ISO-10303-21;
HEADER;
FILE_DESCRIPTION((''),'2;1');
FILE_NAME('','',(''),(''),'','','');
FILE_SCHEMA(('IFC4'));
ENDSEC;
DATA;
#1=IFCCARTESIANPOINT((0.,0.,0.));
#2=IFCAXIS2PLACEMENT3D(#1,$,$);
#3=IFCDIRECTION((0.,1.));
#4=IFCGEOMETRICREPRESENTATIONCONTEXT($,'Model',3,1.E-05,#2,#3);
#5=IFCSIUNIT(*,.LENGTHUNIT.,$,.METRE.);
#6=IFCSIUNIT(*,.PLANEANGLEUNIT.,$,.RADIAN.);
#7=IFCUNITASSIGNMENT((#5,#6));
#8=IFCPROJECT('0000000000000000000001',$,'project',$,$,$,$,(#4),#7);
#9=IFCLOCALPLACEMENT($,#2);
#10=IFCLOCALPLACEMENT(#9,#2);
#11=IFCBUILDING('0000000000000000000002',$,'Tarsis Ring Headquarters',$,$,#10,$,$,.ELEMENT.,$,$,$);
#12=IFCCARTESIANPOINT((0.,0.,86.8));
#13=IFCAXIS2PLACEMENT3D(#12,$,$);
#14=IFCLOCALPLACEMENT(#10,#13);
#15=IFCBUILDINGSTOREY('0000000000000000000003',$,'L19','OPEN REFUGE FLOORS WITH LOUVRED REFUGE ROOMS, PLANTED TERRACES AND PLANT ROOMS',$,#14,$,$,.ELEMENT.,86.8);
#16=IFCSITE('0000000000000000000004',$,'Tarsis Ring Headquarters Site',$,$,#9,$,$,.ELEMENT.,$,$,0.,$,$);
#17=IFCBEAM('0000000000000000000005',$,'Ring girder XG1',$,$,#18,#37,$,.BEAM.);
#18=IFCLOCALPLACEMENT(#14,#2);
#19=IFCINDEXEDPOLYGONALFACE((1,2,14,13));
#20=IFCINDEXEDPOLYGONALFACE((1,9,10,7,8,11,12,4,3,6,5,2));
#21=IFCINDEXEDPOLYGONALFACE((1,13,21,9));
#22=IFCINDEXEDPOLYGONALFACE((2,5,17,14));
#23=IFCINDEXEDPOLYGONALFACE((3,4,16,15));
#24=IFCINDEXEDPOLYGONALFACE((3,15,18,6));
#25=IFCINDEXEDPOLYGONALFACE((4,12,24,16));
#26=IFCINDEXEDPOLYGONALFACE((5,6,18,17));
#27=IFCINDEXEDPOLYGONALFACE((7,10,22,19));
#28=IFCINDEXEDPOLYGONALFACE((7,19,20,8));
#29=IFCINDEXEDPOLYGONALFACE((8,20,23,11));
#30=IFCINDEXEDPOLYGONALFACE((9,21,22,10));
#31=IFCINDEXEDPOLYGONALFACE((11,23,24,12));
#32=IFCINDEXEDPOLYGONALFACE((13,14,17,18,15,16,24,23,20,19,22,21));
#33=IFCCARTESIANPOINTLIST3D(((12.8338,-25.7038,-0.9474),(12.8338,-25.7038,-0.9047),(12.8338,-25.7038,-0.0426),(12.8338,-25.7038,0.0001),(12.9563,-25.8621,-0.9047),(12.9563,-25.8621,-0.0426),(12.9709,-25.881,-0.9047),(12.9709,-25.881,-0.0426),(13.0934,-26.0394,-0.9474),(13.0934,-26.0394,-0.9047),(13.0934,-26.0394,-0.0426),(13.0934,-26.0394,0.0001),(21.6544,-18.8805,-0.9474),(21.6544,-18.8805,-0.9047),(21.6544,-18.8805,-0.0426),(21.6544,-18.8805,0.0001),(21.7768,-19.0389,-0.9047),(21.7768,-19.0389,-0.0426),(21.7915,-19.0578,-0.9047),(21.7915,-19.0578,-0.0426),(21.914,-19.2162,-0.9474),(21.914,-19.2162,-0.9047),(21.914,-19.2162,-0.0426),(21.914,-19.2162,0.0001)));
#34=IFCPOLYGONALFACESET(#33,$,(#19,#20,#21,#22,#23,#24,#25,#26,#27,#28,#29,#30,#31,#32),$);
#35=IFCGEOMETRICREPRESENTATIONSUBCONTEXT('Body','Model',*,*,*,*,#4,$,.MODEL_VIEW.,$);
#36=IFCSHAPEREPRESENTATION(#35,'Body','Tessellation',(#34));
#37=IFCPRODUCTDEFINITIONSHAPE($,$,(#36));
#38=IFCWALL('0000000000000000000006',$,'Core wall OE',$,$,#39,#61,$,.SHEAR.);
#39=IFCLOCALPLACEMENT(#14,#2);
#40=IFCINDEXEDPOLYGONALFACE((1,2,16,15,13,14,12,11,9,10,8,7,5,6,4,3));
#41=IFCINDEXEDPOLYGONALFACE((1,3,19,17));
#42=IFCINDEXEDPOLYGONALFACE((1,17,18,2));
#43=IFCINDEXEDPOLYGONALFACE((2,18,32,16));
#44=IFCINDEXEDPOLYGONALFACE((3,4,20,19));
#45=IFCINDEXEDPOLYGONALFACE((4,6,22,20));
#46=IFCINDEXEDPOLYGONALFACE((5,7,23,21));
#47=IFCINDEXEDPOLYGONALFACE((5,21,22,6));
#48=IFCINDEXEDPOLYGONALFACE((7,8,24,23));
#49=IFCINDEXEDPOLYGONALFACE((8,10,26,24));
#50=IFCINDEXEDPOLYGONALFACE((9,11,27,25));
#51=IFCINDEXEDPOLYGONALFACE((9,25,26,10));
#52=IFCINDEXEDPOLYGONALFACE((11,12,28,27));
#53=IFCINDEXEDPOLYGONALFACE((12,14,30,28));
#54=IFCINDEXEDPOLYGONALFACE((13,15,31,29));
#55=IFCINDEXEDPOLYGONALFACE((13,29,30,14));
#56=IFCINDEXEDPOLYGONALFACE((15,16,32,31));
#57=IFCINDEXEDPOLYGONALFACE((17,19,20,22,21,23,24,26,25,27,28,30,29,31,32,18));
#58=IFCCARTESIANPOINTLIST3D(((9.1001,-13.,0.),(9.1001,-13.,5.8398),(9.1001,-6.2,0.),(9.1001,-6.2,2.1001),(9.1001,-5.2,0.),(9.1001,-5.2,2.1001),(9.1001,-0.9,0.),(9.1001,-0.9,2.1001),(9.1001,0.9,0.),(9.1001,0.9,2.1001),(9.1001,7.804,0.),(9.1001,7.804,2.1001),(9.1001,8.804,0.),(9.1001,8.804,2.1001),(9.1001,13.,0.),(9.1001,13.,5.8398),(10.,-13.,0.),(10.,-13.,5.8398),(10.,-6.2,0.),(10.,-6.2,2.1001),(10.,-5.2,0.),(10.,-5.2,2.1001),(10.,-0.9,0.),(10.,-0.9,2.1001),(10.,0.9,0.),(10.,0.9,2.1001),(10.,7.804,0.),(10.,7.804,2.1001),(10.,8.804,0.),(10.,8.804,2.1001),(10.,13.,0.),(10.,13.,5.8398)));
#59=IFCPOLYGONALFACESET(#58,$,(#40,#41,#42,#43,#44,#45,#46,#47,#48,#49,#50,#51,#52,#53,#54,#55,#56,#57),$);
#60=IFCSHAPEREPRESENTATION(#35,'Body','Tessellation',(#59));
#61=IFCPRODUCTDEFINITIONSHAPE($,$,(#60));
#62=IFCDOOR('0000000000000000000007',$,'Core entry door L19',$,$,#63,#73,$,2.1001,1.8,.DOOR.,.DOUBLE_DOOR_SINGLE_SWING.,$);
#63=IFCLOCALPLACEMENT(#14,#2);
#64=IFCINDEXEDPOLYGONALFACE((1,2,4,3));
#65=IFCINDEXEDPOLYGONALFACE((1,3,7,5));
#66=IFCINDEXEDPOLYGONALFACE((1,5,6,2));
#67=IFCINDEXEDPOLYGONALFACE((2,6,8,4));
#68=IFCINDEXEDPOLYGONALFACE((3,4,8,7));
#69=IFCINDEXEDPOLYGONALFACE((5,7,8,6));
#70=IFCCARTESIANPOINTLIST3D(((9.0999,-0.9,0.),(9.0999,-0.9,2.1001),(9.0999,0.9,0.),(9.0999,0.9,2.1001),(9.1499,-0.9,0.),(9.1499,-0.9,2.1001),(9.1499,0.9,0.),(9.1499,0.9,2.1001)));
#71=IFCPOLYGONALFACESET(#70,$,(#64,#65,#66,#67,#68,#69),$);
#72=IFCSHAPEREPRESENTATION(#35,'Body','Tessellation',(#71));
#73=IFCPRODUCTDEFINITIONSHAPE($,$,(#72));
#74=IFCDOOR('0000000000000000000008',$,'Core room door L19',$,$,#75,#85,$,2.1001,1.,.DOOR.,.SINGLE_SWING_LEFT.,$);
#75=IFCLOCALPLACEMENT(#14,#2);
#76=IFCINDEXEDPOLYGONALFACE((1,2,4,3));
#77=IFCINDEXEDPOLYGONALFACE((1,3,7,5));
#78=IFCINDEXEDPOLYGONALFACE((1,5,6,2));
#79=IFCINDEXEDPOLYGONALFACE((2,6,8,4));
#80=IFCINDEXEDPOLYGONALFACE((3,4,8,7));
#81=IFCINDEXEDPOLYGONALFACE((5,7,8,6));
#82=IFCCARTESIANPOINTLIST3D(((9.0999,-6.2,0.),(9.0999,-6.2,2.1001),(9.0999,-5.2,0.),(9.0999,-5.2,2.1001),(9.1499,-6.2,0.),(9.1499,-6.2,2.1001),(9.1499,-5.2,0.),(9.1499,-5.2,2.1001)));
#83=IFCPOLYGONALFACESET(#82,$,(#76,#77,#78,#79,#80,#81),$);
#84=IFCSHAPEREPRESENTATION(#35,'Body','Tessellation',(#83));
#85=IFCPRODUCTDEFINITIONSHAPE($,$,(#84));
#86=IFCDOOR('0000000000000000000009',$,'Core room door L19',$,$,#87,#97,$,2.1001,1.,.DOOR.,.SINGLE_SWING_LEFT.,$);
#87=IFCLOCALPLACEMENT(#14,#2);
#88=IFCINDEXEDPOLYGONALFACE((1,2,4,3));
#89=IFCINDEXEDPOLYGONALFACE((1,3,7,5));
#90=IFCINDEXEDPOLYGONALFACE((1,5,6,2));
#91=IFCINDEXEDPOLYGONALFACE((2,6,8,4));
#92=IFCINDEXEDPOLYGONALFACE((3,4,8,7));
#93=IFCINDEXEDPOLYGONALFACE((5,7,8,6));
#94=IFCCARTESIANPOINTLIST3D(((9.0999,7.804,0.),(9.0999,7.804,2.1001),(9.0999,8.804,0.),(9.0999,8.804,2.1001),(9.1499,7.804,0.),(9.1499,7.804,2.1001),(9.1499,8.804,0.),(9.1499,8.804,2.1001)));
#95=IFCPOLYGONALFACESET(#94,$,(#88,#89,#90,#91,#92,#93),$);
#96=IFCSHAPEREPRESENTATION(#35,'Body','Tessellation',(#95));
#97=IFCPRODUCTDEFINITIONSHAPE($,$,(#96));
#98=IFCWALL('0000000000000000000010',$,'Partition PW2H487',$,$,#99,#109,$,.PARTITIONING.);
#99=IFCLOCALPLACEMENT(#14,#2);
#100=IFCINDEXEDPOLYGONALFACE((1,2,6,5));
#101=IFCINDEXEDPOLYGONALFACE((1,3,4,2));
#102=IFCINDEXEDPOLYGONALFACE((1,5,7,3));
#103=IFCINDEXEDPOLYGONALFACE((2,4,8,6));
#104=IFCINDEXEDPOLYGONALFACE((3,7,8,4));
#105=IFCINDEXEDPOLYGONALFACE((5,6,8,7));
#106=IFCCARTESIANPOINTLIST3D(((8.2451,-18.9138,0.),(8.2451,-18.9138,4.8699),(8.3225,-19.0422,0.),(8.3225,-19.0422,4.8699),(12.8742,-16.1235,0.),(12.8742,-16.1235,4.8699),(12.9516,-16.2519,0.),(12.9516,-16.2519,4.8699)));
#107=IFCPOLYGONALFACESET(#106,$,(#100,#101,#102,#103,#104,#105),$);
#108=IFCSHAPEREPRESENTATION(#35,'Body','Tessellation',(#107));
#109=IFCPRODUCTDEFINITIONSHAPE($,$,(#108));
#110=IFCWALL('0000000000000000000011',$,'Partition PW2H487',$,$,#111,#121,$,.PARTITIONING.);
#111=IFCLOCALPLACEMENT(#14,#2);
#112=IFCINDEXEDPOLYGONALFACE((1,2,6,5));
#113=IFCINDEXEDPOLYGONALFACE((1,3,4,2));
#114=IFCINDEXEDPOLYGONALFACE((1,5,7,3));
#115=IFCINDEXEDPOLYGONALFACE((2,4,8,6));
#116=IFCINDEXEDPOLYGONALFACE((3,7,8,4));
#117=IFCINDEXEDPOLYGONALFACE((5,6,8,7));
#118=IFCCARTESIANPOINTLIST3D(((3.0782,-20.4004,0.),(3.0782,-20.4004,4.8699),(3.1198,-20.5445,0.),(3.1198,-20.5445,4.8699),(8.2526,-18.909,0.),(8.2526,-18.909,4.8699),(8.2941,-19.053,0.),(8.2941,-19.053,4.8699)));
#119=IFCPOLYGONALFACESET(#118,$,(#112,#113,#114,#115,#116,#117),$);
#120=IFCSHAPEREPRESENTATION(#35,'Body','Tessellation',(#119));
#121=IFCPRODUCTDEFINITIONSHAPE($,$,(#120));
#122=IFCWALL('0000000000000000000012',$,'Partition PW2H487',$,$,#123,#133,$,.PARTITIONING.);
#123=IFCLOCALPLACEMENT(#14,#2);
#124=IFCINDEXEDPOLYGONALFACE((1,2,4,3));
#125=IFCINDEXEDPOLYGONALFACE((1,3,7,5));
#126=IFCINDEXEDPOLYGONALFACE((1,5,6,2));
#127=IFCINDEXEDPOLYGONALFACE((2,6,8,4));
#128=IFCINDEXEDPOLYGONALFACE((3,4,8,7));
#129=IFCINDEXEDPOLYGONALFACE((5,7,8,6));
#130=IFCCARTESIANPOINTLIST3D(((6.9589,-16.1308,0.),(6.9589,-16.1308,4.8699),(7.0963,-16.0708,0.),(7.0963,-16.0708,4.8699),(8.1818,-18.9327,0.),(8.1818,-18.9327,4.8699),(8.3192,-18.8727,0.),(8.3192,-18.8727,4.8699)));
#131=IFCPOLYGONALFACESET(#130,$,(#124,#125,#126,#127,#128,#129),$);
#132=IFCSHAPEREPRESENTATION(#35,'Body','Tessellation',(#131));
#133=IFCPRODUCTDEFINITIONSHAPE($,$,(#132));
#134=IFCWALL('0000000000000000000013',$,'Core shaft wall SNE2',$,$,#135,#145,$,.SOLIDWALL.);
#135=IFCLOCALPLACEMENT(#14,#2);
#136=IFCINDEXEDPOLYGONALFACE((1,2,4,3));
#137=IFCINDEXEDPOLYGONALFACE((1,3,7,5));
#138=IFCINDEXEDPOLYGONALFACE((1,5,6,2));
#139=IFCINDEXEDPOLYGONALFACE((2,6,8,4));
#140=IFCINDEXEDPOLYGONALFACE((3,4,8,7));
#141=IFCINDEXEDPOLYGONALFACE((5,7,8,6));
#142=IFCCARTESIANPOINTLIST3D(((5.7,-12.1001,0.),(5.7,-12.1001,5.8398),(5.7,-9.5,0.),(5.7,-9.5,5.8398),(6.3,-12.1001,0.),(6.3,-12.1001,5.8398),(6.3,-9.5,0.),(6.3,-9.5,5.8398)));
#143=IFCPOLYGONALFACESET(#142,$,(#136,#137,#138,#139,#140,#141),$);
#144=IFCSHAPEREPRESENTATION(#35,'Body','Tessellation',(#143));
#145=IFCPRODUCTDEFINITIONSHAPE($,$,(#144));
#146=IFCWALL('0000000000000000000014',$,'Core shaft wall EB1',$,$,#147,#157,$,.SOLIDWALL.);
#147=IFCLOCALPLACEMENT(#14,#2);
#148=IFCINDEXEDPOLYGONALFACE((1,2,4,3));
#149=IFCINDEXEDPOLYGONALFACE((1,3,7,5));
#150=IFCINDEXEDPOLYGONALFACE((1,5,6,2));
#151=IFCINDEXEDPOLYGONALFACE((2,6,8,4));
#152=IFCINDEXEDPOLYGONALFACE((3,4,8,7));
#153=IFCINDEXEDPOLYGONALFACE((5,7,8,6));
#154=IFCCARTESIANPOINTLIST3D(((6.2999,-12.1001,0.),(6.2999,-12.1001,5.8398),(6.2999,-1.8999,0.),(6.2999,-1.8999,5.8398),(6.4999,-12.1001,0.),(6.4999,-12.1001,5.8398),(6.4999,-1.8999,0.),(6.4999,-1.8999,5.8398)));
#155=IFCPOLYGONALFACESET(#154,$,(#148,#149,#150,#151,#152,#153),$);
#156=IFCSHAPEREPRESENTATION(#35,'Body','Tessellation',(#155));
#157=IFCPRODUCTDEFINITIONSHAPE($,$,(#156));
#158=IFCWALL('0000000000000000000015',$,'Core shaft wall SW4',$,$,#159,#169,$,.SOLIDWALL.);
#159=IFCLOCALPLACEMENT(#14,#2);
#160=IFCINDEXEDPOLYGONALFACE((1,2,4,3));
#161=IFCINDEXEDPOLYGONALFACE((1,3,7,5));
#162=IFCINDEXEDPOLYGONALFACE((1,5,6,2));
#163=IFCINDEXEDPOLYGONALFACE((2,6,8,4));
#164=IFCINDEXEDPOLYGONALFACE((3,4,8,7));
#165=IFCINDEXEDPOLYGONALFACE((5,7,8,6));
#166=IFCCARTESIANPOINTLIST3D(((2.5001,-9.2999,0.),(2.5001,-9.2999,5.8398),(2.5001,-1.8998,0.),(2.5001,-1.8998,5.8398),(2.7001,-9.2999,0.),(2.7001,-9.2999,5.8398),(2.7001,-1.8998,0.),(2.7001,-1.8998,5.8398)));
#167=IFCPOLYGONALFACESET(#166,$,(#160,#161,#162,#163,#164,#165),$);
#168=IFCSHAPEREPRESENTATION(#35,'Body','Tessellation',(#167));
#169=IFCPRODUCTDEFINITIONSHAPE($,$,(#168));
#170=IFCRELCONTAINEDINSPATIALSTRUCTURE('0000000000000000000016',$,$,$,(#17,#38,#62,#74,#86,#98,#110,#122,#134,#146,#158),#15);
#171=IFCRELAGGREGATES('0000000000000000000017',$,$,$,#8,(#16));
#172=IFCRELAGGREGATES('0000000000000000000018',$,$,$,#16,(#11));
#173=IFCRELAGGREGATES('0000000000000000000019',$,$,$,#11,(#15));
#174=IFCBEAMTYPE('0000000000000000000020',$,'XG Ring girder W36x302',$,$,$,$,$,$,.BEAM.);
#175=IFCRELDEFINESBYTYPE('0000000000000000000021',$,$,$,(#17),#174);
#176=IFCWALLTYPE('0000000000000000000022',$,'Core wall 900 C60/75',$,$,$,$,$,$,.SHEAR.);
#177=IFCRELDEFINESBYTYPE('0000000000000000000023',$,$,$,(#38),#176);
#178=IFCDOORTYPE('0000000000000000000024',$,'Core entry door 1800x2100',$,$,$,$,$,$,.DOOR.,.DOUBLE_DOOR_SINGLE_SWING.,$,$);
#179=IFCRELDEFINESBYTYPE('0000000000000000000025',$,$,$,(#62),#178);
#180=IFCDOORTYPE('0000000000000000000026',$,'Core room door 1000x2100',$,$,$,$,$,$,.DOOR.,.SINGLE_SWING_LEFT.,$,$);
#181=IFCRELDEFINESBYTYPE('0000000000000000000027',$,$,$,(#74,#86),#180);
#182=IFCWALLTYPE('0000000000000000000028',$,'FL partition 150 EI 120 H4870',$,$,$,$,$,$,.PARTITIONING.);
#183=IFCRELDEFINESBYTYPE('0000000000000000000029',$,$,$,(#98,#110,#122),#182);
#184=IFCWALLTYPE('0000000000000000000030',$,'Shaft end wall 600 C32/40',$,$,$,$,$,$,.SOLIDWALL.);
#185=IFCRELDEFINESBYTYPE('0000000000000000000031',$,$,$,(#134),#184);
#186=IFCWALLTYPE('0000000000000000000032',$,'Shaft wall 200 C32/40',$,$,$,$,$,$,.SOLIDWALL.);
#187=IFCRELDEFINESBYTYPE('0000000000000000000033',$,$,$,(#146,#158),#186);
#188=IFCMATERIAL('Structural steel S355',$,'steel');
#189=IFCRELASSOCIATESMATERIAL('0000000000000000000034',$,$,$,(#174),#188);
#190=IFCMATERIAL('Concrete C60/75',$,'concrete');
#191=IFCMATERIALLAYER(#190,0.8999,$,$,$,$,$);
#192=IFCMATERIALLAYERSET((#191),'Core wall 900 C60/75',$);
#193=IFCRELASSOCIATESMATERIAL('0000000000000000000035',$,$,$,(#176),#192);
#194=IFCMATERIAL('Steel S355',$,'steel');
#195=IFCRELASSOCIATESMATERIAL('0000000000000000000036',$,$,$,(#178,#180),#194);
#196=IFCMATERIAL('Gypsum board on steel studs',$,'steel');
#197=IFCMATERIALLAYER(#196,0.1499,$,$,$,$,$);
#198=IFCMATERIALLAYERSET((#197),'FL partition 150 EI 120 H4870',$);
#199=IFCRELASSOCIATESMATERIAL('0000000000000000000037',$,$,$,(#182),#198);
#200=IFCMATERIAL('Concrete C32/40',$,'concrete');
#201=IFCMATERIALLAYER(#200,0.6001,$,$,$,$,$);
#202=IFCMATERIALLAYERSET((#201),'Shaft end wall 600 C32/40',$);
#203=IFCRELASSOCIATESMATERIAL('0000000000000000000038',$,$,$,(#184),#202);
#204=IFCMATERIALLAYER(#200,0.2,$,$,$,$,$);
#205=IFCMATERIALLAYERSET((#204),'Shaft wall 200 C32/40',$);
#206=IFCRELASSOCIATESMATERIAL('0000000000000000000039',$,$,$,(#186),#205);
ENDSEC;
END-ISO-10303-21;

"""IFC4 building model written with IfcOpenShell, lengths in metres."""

from ifc_helpers import new_model, si_unit, direction, frame, frame_2d, origin, origin_2d, place, context, subcontext, project, spatial, rectangle, i_section, extrude, material, layer, layer_set, material_profile, profile_set, type_object, element, fill, save


model = new_model("IFC4")

# Units and contexts
model_context = context("Model", 3, precision=1e-05, world=origin(), true_north=direction((0.0, 1.0)))
body_context = subcontext(model_context, "Body", "Model", "MODEL_VIEW")
ifc_project = project(units=[si_unit("LENGTHUNIT", "METRE"), si_unit("PLANEANGLEUNIT", "RADIAN")], contexts=[model_context])

# Site, building, storey
site_placement = place(None, origin())
site = spatial("IfcSite", under=ifc_project, at=site_placement, Name="Tarsis Ring Headquarters Site", CompositionType="ELEMENT", RefElevation=0.0)
building_placement = place(site_placement, origin())
building = spatial("IfcBuilding", under=site, at=building_placement, Name="Tarsis Ring Headquarters", CompositionType="ELEMENT")
storey_placement = place(building_placement, frame((0.0, 0.0, 86.8)))
storey = spatial("IfcBuildingStorey", under=building, at=storey_placement, Name="L19", Description="OPEN REFUGE FLOORS WITH LOUVRED REFUGE ROOMS, PLANTED TERRACES AND PLANT ROOMS", CompositionType="ELEMENT", Elevation=86.8)

# Shared definitions
ifc_material_1 = material(Name="Structural steel S355", Category="steel")

# Beam
ifc_material_profile_1 = material_profile(ifc_material_1, i_section(OverallWidth=0.4243, OverallDepth=0.9475, WebThickness=0.0239, FlangeThickness=0.0427, at=origin_2d()), Name="W36x302")
ifc_profile_set_1 = profile_set([ifc_material_profile_1], Name="Structural steel S355")
beam_type_1 = type_object("IfcBeamType", Name="XG Ring girder W36x302", PredefinedType="BEAM", material=ifc_profile_set_1)
beam_1_placement = place(storey_placement, frame((12.9636, -25.8716, -0.4736), z_axis=(0.790966, 0.611861, 0.0), x_axis=(-0.611861, 0.790966, 0.0)))
element("IfcBeam", 1, at=beam_1_placement, inside=storey, type_object=beam_type_1, Name="Ring girder XG1", PredefinedType="BEAM", context=body_context, shape_type="SweptSolid", body=[
    extrude(i_section(OverallWidth=0.4243, OverallDepth=0.9475, WebThickness=0.0239, FlangeThickness=0.0427, at=origin_2d()), origin(), (0.0, 0.0, 1.0), 11.1516),
])

# Wall, openings, doors
ifc_material_2 = material(Name="Concrete C60/75", Category="concrete")
ifc_layer_1 = layer(ifc_material_2, 0.8999)
ifc_layer_set_1 = layer_set([ifc_layer_1], Name="Core wall 900 C60/75")
wall_type_1 = type_object("IfcWallType", Name="Core wall 900 C60/75", PredefinedType="SHEAR", material=ifc_layer_set_1)
wall_1_placement = place(storey_placement, frame((9.55, -13.0, 0.0), z_axis=(0.0, 0.0, 1.0), x_axis=(0.0, 1.0, 0.0)))
wall_1 = element("IfcWall", 2, at=wall_1_placement, inside=storey, type_object=wall_type_1, Name="Core wall OE", PredefinedType="SHEAR", context=body_context, shape_type="SweptSolid", body=[
    extrude(rectangle(XDim=26.0, YDim=0.8999, at=frame_2d((13.0, 0.0))), origin(), (0.0, 0.0, 1.0), 5.8398),
])
opening_1_placement = place(wall_1_placement, frame((6.8, 0.0, 0.0)))
opening_1 = element("IfcOpeningElement", 3, at=opening_1_placement, cuts=wall_1, PredefinedType="OPENING", context=body_context, shape_type="SweptSolid", body=[
    extrude(rectangle(XDim=1.0, YDim=2.1001, at=frame_2d((0.5, 1.05))), frame((0.0, 0.46, 0.0), z_axis=(0.0, -1.0, 0.0), x_axis=(1.0, 0.0, 0.0)), (0.0, 0.0, 1.0), 0.9199),
])
opening_2_placement = place(wall_1_placement, frame((12.1001, 0.0, 0.0)))
opening_2 = element("IfcOpeningElement", 4, at=opening_2_placement, cuts=wall_1, PredefinedType="OPENING", context=body_context, shape_type="SweptSolid", body=[
    extrude(rectangle(XDim=1.8, YDim=2.1001, at=frame_2d((0.8999, 1.05))), frame((0.0, 0.46, 0.0), z_axis=(0.0, -1.0, 0.0), x_axis=(1.0, 0.0, 0.0)), (0.0, 0.0, 1.0), 0.9199),
])
opening_3_placement = place(wall_1_placement, frame((20.804, 0.0, 0.0)))
opening_3 = element("IfcOpeningElement", 5, at=opening_3_placement, cuts=wall_1, PredefinedType="OPENING", context=body_context, shape_type="SweptSolid", body=[
    extrude(rectangle(XDim=1.0, YDim=2.1001, at=frame_2d((0.5, 1.05))), frame((0.0, 0.46, 0.0), z_axis=(0.0, -1.0, 0.0), x_axis=(1.0, 0.0, 0.0)), (0.0, 0.0, 1.0), 0.9199),
])
ifc_material_3 = material(Name="Steel S355", Category="steel")
door_type_1 = type_object("IfcDoorType", Name="Core entry door 1800x2100", OperationType="DOUBLE_DOOR_SINGLE_SWING", PredefinedType="DOOR", material=ifc_material_3)
door_1_placement = place(opening_2_placement, origin())
door_1 = element("IfcDoor", 6, at=door_1_placement, inside=storey, type_object=door_type_1, Name="Core entry door L19", OperationType="DOUBLE_DOOR_SINGLE_SWING", OverallHeight=2.1001, OverallWidth=1.8, PredefinedType="DOOR", context=body_context, shape_type="SweptSolid", body=[
    extrude(rectangle(XDim=1.8, YDim=2.1001, at=frame_2d((0.8999, 1.05))), frame((0.0, 0.4502, 0.0), z_axis=(0.0, -1.0, 0.0), x_axis=(1.0, 0.0, 0.0)), (0.0, 0.0, 1.0), 0.05),
])
fill(opening_2, door_1)
door_type_2 = type_object("IfcDoorType", Name="Core room door 1000x2100", OperationType="SINGLE_SWING_LEFT", PredefinedType="DOOR", material=ifc_material_3)
door_2_placement = place(opening_1_placement, origin())
door_2 = element("IfcDoor", 7, at=door_2_placement, inside=storey, type_object=door_type_2, Name="Core room door L19", OperationType="SINGLE_SWING_LEFT", OverallHeight=2.1001, OverallWidth=1.0, PredefinedType="DOOR", context=body_context, shape_type="SweptSolid", body=[
    extrude(rectangle(XDim=1.0, YDim=2.1001, at=frame_2d((0.5, 1.05))), frame((0.0, 0.4502, 0.0), z_axis=(0.0, -1.0, 0.0), x_axis=(1.0, 0.0, 0.0)), (0.0, 0.0, 1.0), 0.05),
])
fill(opening_1, door_2)
door_3_placement = place(opening_3_placement, origin())
door_3 = element("IfcDoor", 8, at=door_3_placement, inside=storey, type_object=door_type_2, Name="Core room door L19", OperationType="SINGLE_SWING_LEFT", OverallHeight=2.1001, OverallWidth=1.0, PredefinedType="DOOR", context=body_context, shape_type="SweptSolid", body=[
    extrude(rectangle(XDim=1.0, YDim=2.1001, at=frame_2d((0.5, 1.05))), frame((0.0, 0.4502, 0.0), z_axis=(0.0, -1.0, 0.0), x_axis=(1.0, 0.0, 0.0)), (0.0, 0.0, 1.0), 0.05),
])
fill(opening_3, door_3)

# Walls
ifc_material_4 = material(Name="Gypsum board on steel studs", Category="steel")
ifc_layer_2 = layer(ifc_material_4, 0.1499)
ifc_layer_set_2 = layer_set([ifc_layer_2], Name="FL partition 150 EI 120 H4870")
wall_type_2 = type_object("IfcWallType", Name="FL partition 150 EI 120 H4870", PredefinedType="PARTITIONING", material=ifc_layer_set_2)
wall_2_placement = place(storey_placement, frame((8.2837, -18.978, 0.0), z_axis=(0.0, 0.0, 1.0), x_axis=(0.856447, 0.516235, 0.0)))
element("IfcWall", 9, at=wall_2_placement, inside=storey, type_object=wall_type_2, Name="Partition PW2H487", PredefinedType="PARTITIONING", context=body_context, shape_type="SweptSolid", body=[
    extrude(rectangle(XDim=5.405, YDim=0.1499, at=frame_2d((2.7026, 0.0))), origin(), (0.0, 0.0, 1.0), 4.8699),
])
wall_3_placement = place(storey_placement, frame((3.0991, -20.4724, 0.0), z_axis=(0.0, 0.0, 1.0), x_axis=(0.96088, 0.276966, 0.0)))
element("IfcWall", 10, at=wall_3_placement, inside=storey, type_object=wall_type_2, Name="Partition PW2H487", PredefinedType="PARTITIONING", context=body_context, shape_type="SweptSolid", body=[
    extrude(rectangle(XDim=5.385, YDim=0.1499, at=frame_2d((2.6924, 0.0))), origin(), (0.0, 0.0, 1.0), 4.8699),
])
wall_4_placement = place(storey_placement, frame((7.0276, -16.1008, 0.0), z_axis=(0.0, 0.0, 1.0), x_axis=(0.400031, -0.916502, 0.0)))
element("IfcWall", 11, at=wall_4_placement, inside=storey, type_object=wall_type_2, Name="Partition PW2H487", PredefinedType="PARTITIONING", context=body_context, shape_type="SweptSolid", body=[
    extrude(rectangle(XDim=3.0571, YDim=0.1499, at=frame_2d((1.5286, 0.0))), origin(), (0.0, 0.0, 1.0), 4.8699),
])
ifc_material_5 = material(Name="Concrete C32/40", Category="concrete")
ifc_layer_3 = layer(ifc_material_5, 0.6001)
ifc_layer_set_3 = layer_set([ifc_layer_3], Name="Shaft end wall 600 C32/40")
wall_type_3 = type_object("IfcWallType", Name="Shaft end wall 600 C32/40", PredefinedType="SOLIDWALL", material=ifc_layer_set_3)
wall_5_placement = place(storey_placement, frame((6.0, -12.1001, 0.0), z_axis=(0.0, 0.0, 1.0), x_axis=(0.0, 1.0, 0.0)))
element("IfcWall", 12, at=wall_5_placement, inside=storey, type_object=wall_type_3, Name="Core shaft wall SNE2", PredefinedType="SOLIDWALL", context=body_context, shape_type="SweptSolid", body=[
    extrude(rectangle(XDim=2.6001, YDim=0.6001, at=frame_2d((1.3, 0.0))), origin(), (0.0, 0.0, 1.0), 5.8398),
])
ifc_layer_4 = layer(ifc_material_5, 0.2)
ifc_layer_set_4 = layer_set([ifc_layer_4], Name="Shaft wall 200 C32/40")
wall_type_4 = type_object("IfcWallType", Name="Shaft wall 200 C32/40", PredefinedType="SOLIDWALL", material=ifc_layer_set_4)
wall_6_placement = place(storey_placement, frame((6.3999, -12.1001, 0.0), z_axis=(0.0, 0.0, 1.0), x_axis=(0.0, 1.0, 0.0)))
element("IfcWall", 13, at=wall_6_placement, inside=storey, type_object=wall_type_4, Name="Core shaft wall EB1", PredefinedType="SOLIDWALL", context=body_context, shape_type="SweptSolid", body=[
    extrude(rectangle(XDim=10.2002, YDim=0.2, at=frame_2d((5.1001, 0.0))), origin(), (0.0, 0.0, 1.0), 5.8398),
])
wall_7_placement = place(storey_placement, frame((2.6001, -9.3, 0.0), z_axis=(0.0, 0.0, 1.0), x_axis=(0.0, 1.0, 0.0)))
element("IfcWall", 14, at=wall_7_placement, inside=storey, type_object=wall_type_4, Name="Core shaft wall SW4", PredefinedType="SOLIDWALL", context=body_context, shape_type="SweptSolid", body=[
    extrude(rectangle(XDim=7.4001, YDim=0.2, at=frame_2d((3.7002, 0.0))), origin(), (0.0, 0.0, 1.0), 5.8398),
])

save(model, "model.ifc")
